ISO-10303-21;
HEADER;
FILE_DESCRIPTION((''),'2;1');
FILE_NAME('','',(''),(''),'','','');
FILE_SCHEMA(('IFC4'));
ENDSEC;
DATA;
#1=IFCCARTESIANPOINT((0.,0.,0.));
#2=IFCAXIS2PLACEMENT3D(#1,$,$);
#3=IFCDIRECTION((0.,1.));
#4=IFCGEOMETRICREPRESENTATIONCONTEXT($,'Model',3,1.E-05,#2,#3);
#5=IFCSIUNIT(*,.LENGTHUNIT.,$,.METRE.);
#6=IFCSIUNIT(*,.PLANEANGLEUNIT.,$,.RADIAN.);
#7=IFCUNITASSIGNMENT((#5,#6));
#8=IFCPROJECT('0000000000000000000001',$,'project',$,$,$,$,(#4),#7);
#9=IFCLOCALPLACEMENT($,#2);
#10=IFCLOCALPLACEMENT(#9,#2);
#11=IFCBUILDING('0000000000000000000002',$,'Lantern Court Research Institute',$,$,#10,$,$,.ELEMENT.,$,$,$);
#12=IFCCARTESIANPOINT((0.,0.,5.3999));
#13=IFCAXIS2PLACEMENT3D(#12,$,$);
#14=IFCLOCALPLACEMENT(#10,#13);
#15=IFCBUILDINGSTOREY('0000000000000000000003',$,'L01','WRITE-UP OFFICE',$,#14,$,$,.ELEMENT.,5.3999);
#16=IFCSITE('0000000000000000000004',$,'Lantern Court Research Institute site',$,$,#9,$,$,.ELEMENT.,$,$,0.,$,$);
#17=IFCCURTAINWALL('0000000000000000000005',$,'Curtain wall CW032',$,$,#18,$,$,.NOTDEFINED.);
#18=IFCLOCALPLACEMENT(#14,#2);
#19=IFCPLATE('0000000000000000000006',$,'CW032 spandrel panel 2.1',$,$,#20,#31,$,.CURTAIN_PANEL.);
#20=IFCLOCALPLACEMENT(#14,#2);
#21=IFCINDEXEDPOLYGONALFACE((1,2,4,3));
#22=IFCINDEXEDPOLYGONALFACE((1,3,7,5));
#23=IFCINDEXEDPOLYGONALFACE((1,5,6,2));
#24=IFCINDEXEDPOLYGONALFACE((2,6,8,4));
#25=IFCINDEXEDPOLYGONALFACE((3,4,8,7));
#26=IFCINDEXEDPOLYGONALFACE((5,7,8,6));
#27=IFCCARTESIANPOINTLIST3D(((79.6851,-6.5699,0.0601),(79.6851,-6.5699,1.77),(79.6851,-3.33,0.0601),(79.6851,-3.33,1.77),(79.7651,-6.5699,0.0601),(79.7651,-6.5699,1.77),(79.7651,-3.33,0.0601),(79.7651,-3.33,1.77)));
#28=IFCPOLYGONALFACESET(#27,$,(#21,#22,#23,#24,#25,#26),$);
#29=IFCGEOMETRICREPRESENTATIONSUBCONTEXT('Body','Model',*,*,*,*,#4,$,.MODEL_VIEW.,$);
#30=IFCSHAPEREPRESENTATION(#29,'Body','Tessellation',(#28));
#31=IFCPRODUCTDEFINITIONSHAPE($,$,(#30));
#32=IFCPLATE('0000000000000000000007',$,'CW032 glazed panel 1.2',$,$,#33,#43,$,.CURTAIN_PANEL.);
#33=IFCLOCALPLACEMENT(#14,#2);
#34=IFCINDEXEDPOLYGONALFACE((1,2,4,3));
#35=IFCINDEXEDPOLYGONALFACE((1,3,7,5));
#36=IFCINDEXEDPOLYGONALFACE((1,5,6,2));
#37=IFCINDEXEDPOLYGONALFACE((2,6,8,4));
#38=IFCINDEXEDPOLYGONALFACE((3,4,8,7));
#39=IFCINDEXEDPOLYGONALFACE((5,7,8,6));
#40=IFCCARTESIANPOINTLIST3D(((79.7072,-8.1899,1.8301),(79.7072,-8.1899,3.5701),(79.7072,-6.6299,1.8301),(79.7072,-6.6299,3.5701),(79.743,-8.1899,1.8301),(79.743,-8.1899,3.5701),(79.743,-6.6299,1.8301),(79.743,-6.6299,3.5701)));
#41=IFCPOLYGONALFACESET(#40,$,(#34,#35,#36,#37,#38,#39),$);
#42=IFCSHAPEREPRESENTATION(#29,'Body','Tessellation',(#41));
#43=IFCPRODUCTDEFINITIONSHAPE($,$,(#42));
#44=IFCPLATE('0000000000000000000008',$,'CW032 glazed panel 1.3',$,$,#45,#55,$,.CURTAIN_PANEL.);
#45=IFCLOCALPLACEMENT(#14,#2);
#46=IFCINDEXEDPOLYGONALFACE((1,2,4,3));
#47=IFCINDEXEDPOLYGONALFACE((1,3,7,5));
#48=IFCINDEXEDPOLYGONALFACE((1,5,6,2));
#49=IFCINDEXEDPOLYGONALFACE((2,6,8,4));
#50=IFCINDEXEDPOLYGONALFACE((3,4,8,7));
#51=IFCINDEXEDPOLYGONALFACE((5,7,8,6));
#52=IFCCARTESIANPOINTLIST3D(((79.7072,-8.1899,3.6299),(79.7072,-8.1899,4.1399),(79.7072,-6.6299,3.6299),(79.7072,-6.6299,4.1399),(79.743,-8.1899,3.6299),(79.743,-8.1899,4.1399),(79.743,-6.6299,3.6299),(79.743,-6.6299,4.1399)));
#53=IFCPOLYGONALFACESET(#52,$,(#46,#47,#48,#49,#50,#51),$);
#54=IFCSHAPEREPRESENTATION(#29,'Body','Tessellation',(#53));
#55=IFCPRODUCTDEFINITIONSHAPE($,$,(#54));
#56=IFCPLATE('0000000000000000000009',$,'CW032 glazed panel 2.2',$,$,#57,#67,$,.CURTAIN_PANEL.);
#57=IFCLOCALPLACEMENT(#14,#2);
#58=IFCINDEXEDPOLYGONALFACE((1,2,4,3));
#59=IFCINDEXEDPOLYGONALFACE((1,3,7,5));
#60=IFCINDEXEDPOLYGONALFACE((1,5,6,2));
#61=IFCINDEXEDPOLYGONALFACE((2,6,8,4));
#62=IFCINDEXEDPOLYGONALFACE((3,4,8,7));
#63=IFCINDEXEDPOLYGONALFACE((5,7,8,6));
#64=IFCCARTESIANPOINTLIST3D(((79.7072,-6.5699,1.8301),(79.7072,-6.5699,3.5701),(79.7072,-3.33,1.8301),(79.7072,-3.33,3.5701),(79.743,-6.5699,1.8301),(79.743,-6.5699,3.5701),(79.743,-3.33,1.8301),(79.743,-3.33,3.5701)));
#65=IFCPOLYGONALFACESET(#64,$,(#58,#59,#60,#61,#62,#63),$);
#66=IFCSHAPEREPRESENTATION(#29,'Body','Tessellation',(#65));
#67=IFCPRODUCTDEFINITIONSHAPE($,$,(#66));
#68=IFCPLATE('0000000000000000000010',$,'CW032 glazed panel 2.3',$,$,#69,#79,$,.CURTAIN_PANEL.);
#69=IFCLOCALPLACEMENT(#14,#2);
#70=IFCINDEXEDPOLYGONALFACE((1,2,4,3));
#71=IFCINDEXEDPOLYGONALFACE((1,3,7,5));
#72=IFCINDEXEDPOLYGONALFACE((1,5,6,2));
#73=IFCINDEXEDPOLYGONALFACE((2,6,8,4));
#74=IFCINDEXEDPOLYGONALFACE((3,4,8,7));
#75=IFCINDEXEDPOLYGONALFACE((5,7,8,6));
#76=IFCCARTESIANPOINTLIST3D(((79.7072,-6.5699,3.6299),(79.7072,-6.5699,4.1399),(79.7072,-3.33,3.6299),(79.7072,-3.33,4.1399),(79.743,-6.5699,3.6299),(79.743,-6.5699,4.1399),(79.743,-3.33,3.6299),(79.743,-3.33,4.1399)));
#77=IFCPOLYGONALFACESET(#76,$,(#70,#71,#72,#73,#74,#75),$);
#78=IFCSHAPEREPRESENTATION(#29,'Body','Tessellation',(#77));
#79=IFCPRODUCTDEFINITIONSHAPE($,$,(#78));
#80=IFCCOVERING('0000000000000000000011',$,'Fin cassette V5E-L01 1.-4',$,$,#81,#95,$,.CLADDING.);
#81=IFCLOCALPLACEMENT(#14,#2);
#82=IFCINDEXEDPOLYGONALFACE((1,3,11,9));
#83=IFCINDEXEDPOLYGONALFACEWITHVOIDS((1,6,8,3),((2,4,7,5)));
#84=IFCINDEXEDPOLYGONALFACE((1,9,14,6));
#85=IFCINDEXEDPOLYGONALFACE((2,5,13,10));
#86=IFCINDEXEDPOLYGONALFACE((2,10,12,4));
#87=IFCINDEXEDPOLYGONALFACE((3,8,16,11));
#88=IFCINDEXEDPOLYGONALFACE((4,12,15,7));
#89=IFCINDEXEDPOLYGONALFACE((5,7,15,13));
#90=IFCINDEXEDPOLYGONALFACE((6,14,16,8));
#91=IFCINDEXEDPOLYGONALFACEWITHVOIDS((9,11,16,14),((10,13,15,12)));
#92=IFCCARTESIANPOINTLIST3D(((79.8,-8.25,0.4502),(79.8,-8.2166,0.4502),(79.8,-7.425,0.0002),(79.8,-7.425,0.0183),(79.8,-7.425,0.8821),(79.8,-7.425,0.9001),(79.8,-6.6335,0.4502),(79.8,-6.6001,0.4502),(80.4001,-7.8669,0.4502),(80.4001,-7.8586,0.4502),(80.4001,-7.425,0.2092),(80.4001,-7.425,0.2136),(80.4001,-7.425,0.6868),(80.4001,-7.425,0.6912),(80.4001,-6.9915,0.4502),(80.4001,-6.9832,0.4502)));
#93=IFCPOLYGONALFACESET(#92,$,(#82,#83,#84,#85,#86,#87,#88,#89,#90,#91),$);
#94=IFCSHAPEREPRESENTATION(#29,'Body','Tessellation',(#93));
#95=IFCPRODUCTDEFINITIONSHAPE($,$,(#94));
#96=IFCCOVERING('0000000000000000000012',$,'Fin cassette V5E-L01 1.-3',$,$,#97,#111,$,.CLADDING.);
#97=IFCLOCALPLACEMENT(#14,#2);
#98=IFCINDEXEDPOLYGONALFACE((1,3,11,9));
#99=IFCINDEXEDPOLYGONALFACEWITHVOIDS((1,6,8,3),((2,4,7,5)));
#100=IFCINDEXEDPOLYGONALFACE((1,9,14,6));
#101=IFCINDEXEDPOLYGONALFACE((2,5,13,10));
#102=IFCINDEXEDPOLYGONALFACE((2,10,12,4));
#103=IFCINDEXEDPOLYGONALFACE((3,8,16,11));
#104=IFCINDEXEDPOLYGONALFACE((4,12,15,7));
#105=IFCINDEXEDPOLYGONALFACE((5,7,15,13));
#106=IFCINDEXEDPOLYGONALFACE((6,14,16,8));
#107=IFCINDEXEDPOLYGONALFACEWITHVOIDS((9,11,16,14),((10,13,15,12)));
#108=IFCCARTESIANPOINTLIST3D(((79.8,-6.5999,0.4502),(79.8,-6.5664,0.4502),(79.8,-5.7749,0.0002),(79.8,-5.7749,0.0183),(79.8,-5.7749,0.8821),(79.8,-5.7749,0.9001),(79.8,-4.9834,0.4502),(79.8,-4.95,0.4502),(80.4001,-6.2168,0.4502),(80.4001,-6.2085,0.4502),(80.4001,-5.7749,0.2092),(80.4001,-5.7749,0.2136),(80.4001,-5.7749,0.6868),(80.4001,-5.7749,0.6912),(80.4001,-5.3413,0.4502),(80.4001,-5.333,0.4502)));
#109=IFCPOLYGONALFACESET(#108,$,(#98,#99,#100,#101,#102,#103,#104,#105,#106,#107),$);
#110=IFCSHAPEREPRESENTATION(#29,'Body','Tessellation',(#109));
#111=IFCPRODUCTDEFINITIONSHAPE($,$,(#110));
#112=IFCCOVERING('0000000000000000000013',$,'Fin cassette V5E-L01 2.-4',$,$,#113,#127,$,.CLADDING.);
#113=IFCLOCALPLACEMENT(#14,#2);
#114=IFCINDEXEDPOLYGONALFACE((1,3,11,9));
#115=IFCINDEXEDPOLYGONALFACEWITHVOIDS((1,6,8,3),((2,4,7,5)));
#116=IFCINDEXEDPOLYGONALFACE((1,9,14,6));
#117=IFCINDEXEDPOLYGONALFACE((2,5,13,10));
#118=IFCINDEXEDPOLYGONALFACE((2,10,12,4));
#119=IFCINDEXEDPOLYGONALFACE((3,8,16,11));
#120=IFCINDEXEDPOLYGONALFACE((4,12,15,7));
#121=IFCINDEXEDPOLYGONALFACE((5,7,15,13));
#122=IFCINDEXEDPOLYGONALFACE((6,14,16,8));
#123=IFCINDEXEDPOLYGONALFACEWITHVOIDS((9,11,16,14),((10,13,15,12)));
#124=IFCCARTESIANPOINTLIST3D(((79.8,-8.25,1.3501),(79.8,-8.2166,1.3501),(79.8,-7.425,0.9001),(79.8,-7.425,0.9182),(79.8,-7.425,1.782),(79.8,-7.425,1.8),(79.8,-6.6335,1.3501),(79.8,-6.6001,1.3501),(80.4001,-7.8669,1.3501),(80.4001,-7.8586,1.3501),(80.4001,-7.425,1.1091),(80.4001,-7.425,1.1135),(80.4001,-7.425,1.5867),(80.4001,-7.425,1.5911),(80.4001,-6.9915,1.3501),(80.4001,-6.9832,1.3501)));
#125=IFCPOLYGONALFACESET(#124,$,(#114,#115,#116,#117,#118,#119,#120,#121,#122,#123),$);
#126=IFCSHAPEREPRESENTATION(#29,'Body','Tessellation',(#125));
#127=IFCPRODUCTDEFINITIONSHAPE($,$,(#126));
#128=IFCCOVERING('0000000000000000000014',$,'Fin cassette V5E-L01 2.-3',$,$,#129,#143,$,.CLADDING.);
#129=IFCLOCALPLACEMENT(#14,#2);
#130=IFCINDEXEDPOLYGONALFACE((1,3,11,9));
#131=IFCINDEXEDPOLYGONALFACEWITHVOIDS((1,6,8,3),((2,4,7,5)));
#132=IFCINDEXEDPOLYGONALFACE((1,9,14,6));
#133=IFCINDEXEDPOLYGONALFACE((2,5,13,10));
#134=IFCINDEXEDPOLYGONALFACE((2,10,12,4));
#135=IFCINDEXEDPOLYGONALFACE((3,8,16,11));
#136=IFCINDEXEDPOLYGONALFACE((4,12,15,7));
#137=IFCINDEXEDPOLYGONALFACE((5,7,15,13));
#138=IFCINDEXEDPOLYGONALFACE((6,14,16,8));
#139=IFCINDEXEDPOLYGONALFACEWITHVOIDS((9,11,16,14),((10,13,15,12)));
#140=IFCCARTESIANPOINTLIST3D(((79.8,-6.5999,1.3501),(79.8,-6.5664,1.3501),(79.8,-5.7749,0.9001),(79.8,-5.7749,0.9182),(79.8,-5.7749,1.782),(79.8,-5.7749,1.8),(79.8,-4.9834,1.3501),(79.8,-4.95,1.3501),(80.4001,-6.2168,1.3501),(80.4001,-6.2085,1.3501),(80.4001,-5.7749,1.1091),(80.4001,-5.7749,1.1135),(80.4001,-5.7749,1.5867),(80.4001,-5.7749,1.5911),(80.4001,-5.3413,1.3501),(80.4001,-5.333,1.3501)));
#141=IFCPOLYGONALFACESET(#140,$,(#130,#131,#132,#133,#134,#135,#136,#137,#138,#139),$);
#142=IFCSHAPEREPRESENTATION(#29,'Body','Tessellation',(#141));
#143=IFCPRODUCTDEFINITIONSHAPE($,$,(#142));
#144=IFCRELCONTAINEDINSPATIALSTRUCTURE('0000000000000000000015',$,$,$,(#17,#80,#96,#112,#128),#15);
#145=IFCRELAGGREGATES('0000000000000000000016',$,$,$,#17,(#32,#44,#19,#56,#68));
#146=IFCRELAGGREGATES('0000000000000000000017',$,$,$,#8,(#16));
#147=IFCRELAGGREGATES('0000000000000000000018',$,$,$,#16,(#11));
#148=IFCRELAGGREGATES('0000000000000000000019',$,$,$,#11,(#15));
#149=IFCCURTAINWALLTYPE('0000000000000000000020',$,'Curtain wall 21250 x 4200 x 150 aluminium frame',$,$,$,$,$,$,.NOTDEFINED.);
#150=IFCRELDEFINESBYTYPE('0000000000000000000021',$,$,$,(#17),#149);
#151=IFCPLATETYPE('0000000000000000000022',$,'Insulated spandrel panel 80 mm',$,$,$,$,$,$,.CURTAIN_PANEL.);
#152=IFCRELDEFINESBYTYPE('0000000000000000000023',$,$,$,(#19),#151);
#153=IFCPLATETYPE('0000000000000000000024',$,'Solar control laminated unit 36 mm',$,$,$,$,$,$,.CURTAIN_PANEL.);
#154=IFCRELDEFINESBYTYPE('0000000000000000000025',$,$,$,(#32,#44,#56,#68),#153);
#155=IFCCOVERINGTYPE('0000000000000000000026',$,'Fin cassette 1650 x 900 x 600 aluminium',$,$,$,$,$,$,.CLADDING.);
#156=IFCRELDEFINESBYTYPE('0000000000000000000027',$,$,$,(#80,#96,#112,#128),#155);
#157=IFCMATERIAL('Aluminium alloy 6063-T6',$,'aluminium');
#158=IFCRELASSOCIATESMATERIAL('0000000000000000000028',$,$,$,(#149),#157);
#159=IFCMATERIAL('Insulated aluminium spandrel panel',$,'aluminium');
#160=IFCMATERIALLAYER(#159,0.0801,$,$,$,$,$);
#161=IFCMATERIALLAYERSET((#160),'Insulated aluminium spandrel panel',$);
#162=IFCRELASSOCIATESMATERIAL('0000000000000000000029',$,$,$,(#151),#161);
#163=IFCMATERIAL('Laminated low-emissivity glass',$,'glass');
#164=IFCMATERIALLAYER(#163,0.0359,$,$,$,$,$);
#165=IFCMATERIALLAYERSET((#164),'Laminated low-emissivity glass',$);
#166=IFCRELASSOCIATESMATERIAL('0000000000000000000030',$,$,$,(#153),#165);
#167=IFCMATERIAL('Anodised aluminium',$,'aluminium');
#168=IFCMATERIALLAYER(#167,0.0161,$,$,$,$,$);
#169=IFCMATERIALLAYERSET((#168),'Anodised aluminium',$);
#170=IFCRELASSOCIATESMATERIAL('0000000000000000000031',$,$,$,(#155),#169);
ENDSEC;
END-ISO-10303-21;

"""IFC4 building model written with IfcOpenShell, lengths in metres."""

from ifc_helpers import new_model, entity, si_unit, direction, frame, origin, origin_2d, place, context, subcontext, project, spatial, rectangle, extrude, material, layer, layer_set, type_object, element, aggregate, save


model = new_model("IFC4")

# Units and contexts
model_context = context("Model", 3, precision=1e-05, world=origin(), true_north=direction((0.0, 1.0)))
body_context = subcontext(model_context, "Body", "Model", "MODEL_VIEW")
ifc_project = project(units=[si_unit("LENGTHUNIT", "METRE"), si_unit("PLANEANGLEUNIT", "RADIAN")], contexts=[model_context])

# Site, building, storey
site_placement = place(None, origin())
site = spatial("IfcSite", under=ifc_project, at=site_placement, Name="Lantern Court Research Institute site", CompositionType="ELEMENT", RefElevation=0.0)
building_placement = place(site_placement, origin())
building = spatial("IfcBuilding", under=site, at=building_placement, Name="Lantern Court Research Institute", CompositionType="ELEMENT")
storey_placement = place(building_placement, frame((0.0, 0.0, 5.3999)))
storey = spatial("IfcBuildingStorey", under=building, at=storey_placement, Name="L01", Description="WRITE-UP OFFICE", CompositionType="ELEMENT", Elevation=5.3999)

# Curtain wall
ifc_material_1 = material(Name="Aluminium alloy 6063-T6", Category="aluminium")
curtain_wall_type_1 = type_object("IfcCurtainWallType", Name="Curtain wall 21250 x 4200 x 150 aluminium frame", PredefinedType="NOTDEFINED", material=ifc_material_1)
curtain_wall_1_placement = place(storey_placement, origin())
curtain_wall_1 = element("IfcCurtainWall", 1, at=curtain_wall_1_placement, inside=storey, type_object=curtain_wall_type_1, Name="Curtain wall CW032", PredefinedType="NOTDEFINED")

# Plates
ifc_material_2 = material(Name="Insulated aluminium spandrel panel", Category="aluminium")
ifc_layer_1 = layer(ifc_material_2, 0.0801)
ifc_layer_set_1 = layer_set([ifc_layer_1], Name="Insulated aluminium spandrel panel")
plate_type_1 = type_object("IfcPlateType", Name="Insulated spandrel panel 80 mm", PredefinedType="CURTAIN_PANEL", material=ifc_layer_set_1)
plate_1_placement = place(storey_placement, frame((79.7251, -4.95, 0.0601), z_axis=(0.0, 0.0, 1.0), x_axis=(0.0, -1.0, 0.0)))
plate_1 = element("IfcPlate", 2, at=plate_1_placement, type_object=plate_type_1, Name="CW032 spandrel panel 2.1", PredefinedType="CURTAIN_PANEL", context=body_context, shape_type="SweptSolid", body=[
    extrude(rectangle(XDim=3.24, YDim=0.0801, at=origin_2d()), origin(), (0.0, 0.0, 1.0), 1.71),
])
ifc_material_3 = material(Name="Laminated low-emissivity glass", Category="glass")
ifc_layer_2 = layer(ifc_material_3, 0.0359)
ifc_layer_set_2 = layer_set([ifc_layer_2], Name="Laminated low-emissivity glass")
plate_type_2 = type_object("IfcPlateType", Name="Solar control laminated unit 36 mm", PredefinedType="CURTAIN_PANEL", material=ifc_layer_set_2)
plate_2_placement = place(storey_placement, frame((79.7251, -7.4099, 1.8301), z_axis=(0.0, 0.0, 1.0), x_axis=(0.0, -1.0, 0.0)))
plate_2 = element("IfcPlate", 3, at=plate_2_placement, type_object=plate_type_2, Name="CW032 glazed panel 1.2", PredefinedType="CURTAIN_PANEL", context=body_context, shape_type="SweptSolid", body=[
    extrude(rectangle(XDim=1.5601, YDim=0.0359, at=origin_2d()), origin(), (0.0, 0.0, 1.0), 1.74),
])
plate_3_placement = place(storey_placement, frame((79.7251, -7.4099, 3.6299), z_axis=(0.0, 0.0, 1.0), x_axis=(0.0, -1.0, 0.0)))
plate_3 = element("IfcPlate", 4, at=plate_3_placement, type_object=plate_type_2, Name="CW032 glazed panel 1.3", PredefinedType="CURTAIN_PANEL", context=body_context, shape_type="SweptSolid", body=[
    extrude(rectangle(XDim=1.5601, YDim=0.0359, at=origin_2d()), origin(), (0.0, 0.0, 1.0), 0.51),
])
plate_4_placement = place(storey_placement, frame((79.7251, -4.95, 1.8301), z_axis=(0.0, 0.0, 1.0), x_axis=(0.0, -1.0, 0.0)))
plate_4 = element("IfcPlate", 5, at=plate_4_placement, type_object=plate_type_2, Name="CW032 glazed panel 2.2", PredefinedType="CURTAIN_PANEL", context=body_context, shape_type="SweptSolid", body=[
    extrude(rectangle(XDim=3.24, YDim=0.0359, at=origin_2d()), origin(), (0.0, 0.0, 1.0), 1.74),
])
plate_5_placement = place(storey_placement, frame((79.7251, -4.95, 3.6299), z_axis=(0.0, 0.0, 1.0), x_axis=(0.0, -1.0, 0.0)))
plate_5 = element("IfcPlate", 6, at=plate_5_placement, type_object=plate_type_2, Name="CW032 glazed panel 2.3", PredefinedType="CURTAIN_PANEL", context=body_context, shape_type="SweptSolid", body=[
    extrude(rectangle(XDim=3.24, YDim=0.0359, at=origin_2d()), origin(), (0.0, 0.0, 1.0), 0.51),
])
aggregate(curtain_wall_1, [plate_2, plate_3, plate_1, plate_4, plate_5])

# Coverings
ifc_material_4 = material(Name="Anodised aluminium", Category="aluminium")
ifc_layer_3 = layer(ifc_material_4, 0.0161)
ifc_layer_set_3 = layer_set([ifc_layer_3], Name="Anodised aluminium")
covering_type = type_object("IfcCoveringType", Name="Fin cassette 1650 x 900 x 600 aluminium", PredefinedType="CLADDING", material=ifc_layer_set_3)
covering_1_placement = place(storey_placement, frame((79.8, -7.425, 0.4502), z_axis=(1.0, 0.0, 0.0), x_axis=(0.0, 1.0, 0.0)))
cartesian_point_1 = entity("IfcCartesianPoint", [0.825, 0.0])
cartesian_point_2 = entity("IfcCartesianPoint", [0.7915, 0.0])
cartesian_point_3 = entity("IfcCartesianPoint", [0.4419, 0.0])
cartesian_point_4 = entity("IfcCartesianPoint", [0.4336, 0.0])
element("IfcCovering", 7, at=covering_1_placement, inside=storey, type_object=covering_type, Name="Fin cassette V5E-L01 1.-4", PredefinedType="CLADDING", context=body_context, shape_type="SweptSolid", body=[
    entity("IfcExtrudedAreaSolidTapered", entity("IfcArbitraryProfileDefWithVoids", "AREA", None, entity("IfcPolyline", [cartesian_point_1, entity("IfcCartesianPoint", [0.0, 0.45]), entity("IfcCartesianPoint", [-0.825, 0.0]), entity("IfcCartesianPoint", [0.0, -0.45]), cartesian_point_1]), [entity("IfcPolyline", [cartesian_point_2, entity("IfcCartesianPoint", [0.0, 0.4319]), entity("IfcCartesianPoint", [-0.7915, 0.0]), entity("IfcCartesianPoint", [0.0, -0.4319]), cartesian_point_2])]), entity("IfcAxis2Placement3D", entity("IfcCartesianPoint", [0.0, 0.0, 0.0])), entity("IfcDirection", [0.0, 0.0, 1.0]), 0.6001, entity("IfcArbitraryProfileDefWithVoids", "AREA", None, entity("IfcPolyline", [cartesian_point_3, entity("IfcCartesianPoint", [0.0, 0.241]), entity("IfcCartesianPoint", [-0.4419, 0.0]), entity("IfcCartesianPoint", [0.0, -0.241]), cartesian_point_3]), [entity("IfcPolyline", [cartesian_point_4, entity("IfcCartesianPoint", [0.0, 0.2366]), entity("IfcCartesianPoint", [-0.4336, 0.0]), entity("IfcCartesianPoint", [0.0, -0.2366]), cartesian_point_4])])),
])
covering_2_placement = place(storey_placement, frame((79.8, -5.7749, 0.4502), z_axis=(1.0, 0.0, 0.0), x_axis=(0.0, 1.0, 0.0)))
cartesian_point_5 = entity("IfcCartesianPoint", [0.825, 0.0])
cartesian_point_6 = entity("IfcCartesianPoint", [0.7915, 0.0])
cartesian_point_7 = entity("IfcCartesianPoint", [0.4419, 0.0])
cartesian_point_8 = entity("IfcCartesianPoint", [0.4336, 0.0])
element("IfcCovering", 8, at=covering_2_placement, inside=storey, type_object=covering_type, Name="Fin cassette V5E-L01 1.-3", PredefinedType="CLADDING", context=body_context, shape_type="SweptSolid", body=[
    entity("IfcExtrudedAreaSolidTapered", entity("IfcArbitraryProfileDefWithVoids", "AREA", None, entity("IfcPolyline", [cartesian_point_5, entity("IfcCartesianPoint", [0.0, 0.45]), entity("IfcCartesianPoint", [-0.825, 0.0]), entity("IfcCartesianPoint", [0.0, -0.45]), cartesian_point_5]), [entity("IfcPolyline", [cartesian_point_6, entity("IfcCartesianPoint", [0.0, 0.4319]), entity("IfcCartesianPoint", [-0.7915, 0.0]), entity("IfcCartesianPoint", [0.0, -0.4319]), cartesian_point_6])]), entity("IfcAxis2Placement3D", entity("IfcCartesianPoint", [0.0, 0.0, 0.0])), entity("IfcDirection", [0.0, 0.0, 1.0]), 0.6001, entity("IfcArbitraryProfileDefWithVoids", "AREA", None, entity("IfcPolyline", [cartesian_point_7, entity("IfcCartesianPoint", [0.0, 0.241]), entity("IfcCartesianPoint", [-0.4419, 0.0]), entity("IfcCartesianPoint", [0.0, -0.241]), cartesian_point_7]), [entity("IfcPolyline", [cartesian_point_8, entity("IfcCartesianPoint", [0.0, 0.2366]), entity("IfcCartesianPoint", [-0.4336, 0.0]), entity("IfcCartesianPoint", [0.0, -0.2366]), cartesian_point_8])])),
])
covering_3_placement = place(storey_placement, frame((79.8, -7.425, 1.3501), z_axis=(1.0, 0.0, 0.0), x_axis=(0.0, 1.0, 0.0)))
cartesian_point_9 = entity("IfcCartesianPoint", [0.825, 0.0])
cartesian_point_10 = entity("IfcCartesianPoint", [0.7915, 0.0])
cartesian_point_11 = entity("IfcCartesianPoint", [0.4419, 0.0])
cartesian_point_12 = entity("IfcCartesianPoint", [0.4336, 0.0])
element("IfcCovering", 9, at=covering_3_placement, inside=storey, type_object=covering_type, Name="Fin cassette V5E-L01 2.-4", PredefinedType="CLADDING", context=body_context, shape_type="SweptSolid", body=[
    entity("IfcExtrudedAreaSolidTapered", entity("IfcArbitraryProfileDefWithVoids", "AREA", None, entity("IfcPolyline", [cartesian_point_9, entity("IfcCartesianPoint", [0.0, 0.45]), entity("IfcCartesianPoint", [-0.825, 0.0]), entity("IfcCartesianPoint", [0.0, -0.45]), cartesian_point_9]), [entity("IfcPolyline", [cartesian_point_10, entity("IfcCartesianPoint", [0.0, 0.4319]), entity("IfcCartesianPoint", [-0.7915, 0.0]), entity("IfcCartesianPoint", [0.0, -0.4319]), cartesian_point_10])]), entity("IfcAxis2Placement3D", entity("IfcCartesianPoint", [0.0, 0.0, 0.0])), entity("IfcDirection", [0.0, 0.0, 1.0]), 0.6001, entity("IfcArbitraryProfileDefWithVoids", "AREA", None, entity("IfcPolyline", [cartesian_point_11, entity("IfcCartesianPoint", [0.0, 0.241]), entity("IfcCartesianPoint", [-0.4419, 0.0]), entity("IfcCartesianPoint", [0.0, -0.241]), cartesian_point_11]), [entity("IfcPolyline", [cartesian_point_12, entity("IfcCartesianPoint", [0.0, 0.2366]), entity("IfcCartesianPoint", [-0.4336, 0.0]), entity("IfcCartesianPoint", [0.0, -0.2366]), cartesian_point_12])])),
])
covering_4_placement = place(storey_placement, frame((79.8, -5.7749, 1.3501), z_axis=(1.0, 0.0, 0.0), x_axis=(0.0, 1.0, 0.0)))
cartesian_point_13 = entity("IfcCartesianPoint", [0.825, 0.0])
cartesian_point_14 = entity("IfcCartesianPoint", [0.7915, 0.0])
cartesian_point_15 = entity("IfcCartesianPoint", [0.4419, 0.0])
cartesian_point_16 = entity("IfcCartesianPoint", [0.4336, 0.0])
element("IfcCovering", 10, at=covering_4_placement, inside=storey, type_object=covering_type, Name="Fin cassette V5E-L01 2.-3", PredefinedType="CLADDING", context=body_context, shape_type="SweptSolid", body=[
    entity("IfcExtrudedAreaSolidTapered", entity("IfcArbitraryProfileDefWithVoids", "AREA", None, entity("IfcPolyline", [cartesian_point_13, entity("IfcCartesianPoint", [0.0, 0.45]), entity("IfcCartesianPoint", [-0.825, 0.0]), entity("IfcCartesianPoint", [0.0, -0.45]), cartesian_point_13]), [entity("IfcPolyline", [cartesian_point_14, entity("IfcCartesianPoint", [0.0, 0.4319]), entity("IfcCartesianPoint", [-0.7915, 0.0]), entity("IfcCartesianPoint", [0.0, -0.4319]), cartesian_point_14])]), entity("IfcAxis2Placement3D", entity("IfcCartesianPoint", [0.0, 0.0, 0.0])), entity("IfcDirection", [0.0, 0.0, 1.0]), 0.6001, entity("IfcArbitraryProfileDefWithVoids", "AREA", None, entity("IfcPolyline", [cartesian_point_15, entity("IfcCartesianPoint", [0.0, 0.241]), entity("IfcCartesianPoint", [-0.4419, 0.0]), entity("IfcCartesianPoint", [0.0, -0.241]), cartesian_point_15]), [entity("IfcPolyline", [cartesian_point_16, entity("IfcCartesianPoint", [0.0, 0.2366]), entity("IfcCartesianPoint", [-0.4336, 0.0]), entity("IfcCartesianPoint", [0.0, -0.2366]), cartesian_point_16])])),
])

save(model, "model.ifc")
